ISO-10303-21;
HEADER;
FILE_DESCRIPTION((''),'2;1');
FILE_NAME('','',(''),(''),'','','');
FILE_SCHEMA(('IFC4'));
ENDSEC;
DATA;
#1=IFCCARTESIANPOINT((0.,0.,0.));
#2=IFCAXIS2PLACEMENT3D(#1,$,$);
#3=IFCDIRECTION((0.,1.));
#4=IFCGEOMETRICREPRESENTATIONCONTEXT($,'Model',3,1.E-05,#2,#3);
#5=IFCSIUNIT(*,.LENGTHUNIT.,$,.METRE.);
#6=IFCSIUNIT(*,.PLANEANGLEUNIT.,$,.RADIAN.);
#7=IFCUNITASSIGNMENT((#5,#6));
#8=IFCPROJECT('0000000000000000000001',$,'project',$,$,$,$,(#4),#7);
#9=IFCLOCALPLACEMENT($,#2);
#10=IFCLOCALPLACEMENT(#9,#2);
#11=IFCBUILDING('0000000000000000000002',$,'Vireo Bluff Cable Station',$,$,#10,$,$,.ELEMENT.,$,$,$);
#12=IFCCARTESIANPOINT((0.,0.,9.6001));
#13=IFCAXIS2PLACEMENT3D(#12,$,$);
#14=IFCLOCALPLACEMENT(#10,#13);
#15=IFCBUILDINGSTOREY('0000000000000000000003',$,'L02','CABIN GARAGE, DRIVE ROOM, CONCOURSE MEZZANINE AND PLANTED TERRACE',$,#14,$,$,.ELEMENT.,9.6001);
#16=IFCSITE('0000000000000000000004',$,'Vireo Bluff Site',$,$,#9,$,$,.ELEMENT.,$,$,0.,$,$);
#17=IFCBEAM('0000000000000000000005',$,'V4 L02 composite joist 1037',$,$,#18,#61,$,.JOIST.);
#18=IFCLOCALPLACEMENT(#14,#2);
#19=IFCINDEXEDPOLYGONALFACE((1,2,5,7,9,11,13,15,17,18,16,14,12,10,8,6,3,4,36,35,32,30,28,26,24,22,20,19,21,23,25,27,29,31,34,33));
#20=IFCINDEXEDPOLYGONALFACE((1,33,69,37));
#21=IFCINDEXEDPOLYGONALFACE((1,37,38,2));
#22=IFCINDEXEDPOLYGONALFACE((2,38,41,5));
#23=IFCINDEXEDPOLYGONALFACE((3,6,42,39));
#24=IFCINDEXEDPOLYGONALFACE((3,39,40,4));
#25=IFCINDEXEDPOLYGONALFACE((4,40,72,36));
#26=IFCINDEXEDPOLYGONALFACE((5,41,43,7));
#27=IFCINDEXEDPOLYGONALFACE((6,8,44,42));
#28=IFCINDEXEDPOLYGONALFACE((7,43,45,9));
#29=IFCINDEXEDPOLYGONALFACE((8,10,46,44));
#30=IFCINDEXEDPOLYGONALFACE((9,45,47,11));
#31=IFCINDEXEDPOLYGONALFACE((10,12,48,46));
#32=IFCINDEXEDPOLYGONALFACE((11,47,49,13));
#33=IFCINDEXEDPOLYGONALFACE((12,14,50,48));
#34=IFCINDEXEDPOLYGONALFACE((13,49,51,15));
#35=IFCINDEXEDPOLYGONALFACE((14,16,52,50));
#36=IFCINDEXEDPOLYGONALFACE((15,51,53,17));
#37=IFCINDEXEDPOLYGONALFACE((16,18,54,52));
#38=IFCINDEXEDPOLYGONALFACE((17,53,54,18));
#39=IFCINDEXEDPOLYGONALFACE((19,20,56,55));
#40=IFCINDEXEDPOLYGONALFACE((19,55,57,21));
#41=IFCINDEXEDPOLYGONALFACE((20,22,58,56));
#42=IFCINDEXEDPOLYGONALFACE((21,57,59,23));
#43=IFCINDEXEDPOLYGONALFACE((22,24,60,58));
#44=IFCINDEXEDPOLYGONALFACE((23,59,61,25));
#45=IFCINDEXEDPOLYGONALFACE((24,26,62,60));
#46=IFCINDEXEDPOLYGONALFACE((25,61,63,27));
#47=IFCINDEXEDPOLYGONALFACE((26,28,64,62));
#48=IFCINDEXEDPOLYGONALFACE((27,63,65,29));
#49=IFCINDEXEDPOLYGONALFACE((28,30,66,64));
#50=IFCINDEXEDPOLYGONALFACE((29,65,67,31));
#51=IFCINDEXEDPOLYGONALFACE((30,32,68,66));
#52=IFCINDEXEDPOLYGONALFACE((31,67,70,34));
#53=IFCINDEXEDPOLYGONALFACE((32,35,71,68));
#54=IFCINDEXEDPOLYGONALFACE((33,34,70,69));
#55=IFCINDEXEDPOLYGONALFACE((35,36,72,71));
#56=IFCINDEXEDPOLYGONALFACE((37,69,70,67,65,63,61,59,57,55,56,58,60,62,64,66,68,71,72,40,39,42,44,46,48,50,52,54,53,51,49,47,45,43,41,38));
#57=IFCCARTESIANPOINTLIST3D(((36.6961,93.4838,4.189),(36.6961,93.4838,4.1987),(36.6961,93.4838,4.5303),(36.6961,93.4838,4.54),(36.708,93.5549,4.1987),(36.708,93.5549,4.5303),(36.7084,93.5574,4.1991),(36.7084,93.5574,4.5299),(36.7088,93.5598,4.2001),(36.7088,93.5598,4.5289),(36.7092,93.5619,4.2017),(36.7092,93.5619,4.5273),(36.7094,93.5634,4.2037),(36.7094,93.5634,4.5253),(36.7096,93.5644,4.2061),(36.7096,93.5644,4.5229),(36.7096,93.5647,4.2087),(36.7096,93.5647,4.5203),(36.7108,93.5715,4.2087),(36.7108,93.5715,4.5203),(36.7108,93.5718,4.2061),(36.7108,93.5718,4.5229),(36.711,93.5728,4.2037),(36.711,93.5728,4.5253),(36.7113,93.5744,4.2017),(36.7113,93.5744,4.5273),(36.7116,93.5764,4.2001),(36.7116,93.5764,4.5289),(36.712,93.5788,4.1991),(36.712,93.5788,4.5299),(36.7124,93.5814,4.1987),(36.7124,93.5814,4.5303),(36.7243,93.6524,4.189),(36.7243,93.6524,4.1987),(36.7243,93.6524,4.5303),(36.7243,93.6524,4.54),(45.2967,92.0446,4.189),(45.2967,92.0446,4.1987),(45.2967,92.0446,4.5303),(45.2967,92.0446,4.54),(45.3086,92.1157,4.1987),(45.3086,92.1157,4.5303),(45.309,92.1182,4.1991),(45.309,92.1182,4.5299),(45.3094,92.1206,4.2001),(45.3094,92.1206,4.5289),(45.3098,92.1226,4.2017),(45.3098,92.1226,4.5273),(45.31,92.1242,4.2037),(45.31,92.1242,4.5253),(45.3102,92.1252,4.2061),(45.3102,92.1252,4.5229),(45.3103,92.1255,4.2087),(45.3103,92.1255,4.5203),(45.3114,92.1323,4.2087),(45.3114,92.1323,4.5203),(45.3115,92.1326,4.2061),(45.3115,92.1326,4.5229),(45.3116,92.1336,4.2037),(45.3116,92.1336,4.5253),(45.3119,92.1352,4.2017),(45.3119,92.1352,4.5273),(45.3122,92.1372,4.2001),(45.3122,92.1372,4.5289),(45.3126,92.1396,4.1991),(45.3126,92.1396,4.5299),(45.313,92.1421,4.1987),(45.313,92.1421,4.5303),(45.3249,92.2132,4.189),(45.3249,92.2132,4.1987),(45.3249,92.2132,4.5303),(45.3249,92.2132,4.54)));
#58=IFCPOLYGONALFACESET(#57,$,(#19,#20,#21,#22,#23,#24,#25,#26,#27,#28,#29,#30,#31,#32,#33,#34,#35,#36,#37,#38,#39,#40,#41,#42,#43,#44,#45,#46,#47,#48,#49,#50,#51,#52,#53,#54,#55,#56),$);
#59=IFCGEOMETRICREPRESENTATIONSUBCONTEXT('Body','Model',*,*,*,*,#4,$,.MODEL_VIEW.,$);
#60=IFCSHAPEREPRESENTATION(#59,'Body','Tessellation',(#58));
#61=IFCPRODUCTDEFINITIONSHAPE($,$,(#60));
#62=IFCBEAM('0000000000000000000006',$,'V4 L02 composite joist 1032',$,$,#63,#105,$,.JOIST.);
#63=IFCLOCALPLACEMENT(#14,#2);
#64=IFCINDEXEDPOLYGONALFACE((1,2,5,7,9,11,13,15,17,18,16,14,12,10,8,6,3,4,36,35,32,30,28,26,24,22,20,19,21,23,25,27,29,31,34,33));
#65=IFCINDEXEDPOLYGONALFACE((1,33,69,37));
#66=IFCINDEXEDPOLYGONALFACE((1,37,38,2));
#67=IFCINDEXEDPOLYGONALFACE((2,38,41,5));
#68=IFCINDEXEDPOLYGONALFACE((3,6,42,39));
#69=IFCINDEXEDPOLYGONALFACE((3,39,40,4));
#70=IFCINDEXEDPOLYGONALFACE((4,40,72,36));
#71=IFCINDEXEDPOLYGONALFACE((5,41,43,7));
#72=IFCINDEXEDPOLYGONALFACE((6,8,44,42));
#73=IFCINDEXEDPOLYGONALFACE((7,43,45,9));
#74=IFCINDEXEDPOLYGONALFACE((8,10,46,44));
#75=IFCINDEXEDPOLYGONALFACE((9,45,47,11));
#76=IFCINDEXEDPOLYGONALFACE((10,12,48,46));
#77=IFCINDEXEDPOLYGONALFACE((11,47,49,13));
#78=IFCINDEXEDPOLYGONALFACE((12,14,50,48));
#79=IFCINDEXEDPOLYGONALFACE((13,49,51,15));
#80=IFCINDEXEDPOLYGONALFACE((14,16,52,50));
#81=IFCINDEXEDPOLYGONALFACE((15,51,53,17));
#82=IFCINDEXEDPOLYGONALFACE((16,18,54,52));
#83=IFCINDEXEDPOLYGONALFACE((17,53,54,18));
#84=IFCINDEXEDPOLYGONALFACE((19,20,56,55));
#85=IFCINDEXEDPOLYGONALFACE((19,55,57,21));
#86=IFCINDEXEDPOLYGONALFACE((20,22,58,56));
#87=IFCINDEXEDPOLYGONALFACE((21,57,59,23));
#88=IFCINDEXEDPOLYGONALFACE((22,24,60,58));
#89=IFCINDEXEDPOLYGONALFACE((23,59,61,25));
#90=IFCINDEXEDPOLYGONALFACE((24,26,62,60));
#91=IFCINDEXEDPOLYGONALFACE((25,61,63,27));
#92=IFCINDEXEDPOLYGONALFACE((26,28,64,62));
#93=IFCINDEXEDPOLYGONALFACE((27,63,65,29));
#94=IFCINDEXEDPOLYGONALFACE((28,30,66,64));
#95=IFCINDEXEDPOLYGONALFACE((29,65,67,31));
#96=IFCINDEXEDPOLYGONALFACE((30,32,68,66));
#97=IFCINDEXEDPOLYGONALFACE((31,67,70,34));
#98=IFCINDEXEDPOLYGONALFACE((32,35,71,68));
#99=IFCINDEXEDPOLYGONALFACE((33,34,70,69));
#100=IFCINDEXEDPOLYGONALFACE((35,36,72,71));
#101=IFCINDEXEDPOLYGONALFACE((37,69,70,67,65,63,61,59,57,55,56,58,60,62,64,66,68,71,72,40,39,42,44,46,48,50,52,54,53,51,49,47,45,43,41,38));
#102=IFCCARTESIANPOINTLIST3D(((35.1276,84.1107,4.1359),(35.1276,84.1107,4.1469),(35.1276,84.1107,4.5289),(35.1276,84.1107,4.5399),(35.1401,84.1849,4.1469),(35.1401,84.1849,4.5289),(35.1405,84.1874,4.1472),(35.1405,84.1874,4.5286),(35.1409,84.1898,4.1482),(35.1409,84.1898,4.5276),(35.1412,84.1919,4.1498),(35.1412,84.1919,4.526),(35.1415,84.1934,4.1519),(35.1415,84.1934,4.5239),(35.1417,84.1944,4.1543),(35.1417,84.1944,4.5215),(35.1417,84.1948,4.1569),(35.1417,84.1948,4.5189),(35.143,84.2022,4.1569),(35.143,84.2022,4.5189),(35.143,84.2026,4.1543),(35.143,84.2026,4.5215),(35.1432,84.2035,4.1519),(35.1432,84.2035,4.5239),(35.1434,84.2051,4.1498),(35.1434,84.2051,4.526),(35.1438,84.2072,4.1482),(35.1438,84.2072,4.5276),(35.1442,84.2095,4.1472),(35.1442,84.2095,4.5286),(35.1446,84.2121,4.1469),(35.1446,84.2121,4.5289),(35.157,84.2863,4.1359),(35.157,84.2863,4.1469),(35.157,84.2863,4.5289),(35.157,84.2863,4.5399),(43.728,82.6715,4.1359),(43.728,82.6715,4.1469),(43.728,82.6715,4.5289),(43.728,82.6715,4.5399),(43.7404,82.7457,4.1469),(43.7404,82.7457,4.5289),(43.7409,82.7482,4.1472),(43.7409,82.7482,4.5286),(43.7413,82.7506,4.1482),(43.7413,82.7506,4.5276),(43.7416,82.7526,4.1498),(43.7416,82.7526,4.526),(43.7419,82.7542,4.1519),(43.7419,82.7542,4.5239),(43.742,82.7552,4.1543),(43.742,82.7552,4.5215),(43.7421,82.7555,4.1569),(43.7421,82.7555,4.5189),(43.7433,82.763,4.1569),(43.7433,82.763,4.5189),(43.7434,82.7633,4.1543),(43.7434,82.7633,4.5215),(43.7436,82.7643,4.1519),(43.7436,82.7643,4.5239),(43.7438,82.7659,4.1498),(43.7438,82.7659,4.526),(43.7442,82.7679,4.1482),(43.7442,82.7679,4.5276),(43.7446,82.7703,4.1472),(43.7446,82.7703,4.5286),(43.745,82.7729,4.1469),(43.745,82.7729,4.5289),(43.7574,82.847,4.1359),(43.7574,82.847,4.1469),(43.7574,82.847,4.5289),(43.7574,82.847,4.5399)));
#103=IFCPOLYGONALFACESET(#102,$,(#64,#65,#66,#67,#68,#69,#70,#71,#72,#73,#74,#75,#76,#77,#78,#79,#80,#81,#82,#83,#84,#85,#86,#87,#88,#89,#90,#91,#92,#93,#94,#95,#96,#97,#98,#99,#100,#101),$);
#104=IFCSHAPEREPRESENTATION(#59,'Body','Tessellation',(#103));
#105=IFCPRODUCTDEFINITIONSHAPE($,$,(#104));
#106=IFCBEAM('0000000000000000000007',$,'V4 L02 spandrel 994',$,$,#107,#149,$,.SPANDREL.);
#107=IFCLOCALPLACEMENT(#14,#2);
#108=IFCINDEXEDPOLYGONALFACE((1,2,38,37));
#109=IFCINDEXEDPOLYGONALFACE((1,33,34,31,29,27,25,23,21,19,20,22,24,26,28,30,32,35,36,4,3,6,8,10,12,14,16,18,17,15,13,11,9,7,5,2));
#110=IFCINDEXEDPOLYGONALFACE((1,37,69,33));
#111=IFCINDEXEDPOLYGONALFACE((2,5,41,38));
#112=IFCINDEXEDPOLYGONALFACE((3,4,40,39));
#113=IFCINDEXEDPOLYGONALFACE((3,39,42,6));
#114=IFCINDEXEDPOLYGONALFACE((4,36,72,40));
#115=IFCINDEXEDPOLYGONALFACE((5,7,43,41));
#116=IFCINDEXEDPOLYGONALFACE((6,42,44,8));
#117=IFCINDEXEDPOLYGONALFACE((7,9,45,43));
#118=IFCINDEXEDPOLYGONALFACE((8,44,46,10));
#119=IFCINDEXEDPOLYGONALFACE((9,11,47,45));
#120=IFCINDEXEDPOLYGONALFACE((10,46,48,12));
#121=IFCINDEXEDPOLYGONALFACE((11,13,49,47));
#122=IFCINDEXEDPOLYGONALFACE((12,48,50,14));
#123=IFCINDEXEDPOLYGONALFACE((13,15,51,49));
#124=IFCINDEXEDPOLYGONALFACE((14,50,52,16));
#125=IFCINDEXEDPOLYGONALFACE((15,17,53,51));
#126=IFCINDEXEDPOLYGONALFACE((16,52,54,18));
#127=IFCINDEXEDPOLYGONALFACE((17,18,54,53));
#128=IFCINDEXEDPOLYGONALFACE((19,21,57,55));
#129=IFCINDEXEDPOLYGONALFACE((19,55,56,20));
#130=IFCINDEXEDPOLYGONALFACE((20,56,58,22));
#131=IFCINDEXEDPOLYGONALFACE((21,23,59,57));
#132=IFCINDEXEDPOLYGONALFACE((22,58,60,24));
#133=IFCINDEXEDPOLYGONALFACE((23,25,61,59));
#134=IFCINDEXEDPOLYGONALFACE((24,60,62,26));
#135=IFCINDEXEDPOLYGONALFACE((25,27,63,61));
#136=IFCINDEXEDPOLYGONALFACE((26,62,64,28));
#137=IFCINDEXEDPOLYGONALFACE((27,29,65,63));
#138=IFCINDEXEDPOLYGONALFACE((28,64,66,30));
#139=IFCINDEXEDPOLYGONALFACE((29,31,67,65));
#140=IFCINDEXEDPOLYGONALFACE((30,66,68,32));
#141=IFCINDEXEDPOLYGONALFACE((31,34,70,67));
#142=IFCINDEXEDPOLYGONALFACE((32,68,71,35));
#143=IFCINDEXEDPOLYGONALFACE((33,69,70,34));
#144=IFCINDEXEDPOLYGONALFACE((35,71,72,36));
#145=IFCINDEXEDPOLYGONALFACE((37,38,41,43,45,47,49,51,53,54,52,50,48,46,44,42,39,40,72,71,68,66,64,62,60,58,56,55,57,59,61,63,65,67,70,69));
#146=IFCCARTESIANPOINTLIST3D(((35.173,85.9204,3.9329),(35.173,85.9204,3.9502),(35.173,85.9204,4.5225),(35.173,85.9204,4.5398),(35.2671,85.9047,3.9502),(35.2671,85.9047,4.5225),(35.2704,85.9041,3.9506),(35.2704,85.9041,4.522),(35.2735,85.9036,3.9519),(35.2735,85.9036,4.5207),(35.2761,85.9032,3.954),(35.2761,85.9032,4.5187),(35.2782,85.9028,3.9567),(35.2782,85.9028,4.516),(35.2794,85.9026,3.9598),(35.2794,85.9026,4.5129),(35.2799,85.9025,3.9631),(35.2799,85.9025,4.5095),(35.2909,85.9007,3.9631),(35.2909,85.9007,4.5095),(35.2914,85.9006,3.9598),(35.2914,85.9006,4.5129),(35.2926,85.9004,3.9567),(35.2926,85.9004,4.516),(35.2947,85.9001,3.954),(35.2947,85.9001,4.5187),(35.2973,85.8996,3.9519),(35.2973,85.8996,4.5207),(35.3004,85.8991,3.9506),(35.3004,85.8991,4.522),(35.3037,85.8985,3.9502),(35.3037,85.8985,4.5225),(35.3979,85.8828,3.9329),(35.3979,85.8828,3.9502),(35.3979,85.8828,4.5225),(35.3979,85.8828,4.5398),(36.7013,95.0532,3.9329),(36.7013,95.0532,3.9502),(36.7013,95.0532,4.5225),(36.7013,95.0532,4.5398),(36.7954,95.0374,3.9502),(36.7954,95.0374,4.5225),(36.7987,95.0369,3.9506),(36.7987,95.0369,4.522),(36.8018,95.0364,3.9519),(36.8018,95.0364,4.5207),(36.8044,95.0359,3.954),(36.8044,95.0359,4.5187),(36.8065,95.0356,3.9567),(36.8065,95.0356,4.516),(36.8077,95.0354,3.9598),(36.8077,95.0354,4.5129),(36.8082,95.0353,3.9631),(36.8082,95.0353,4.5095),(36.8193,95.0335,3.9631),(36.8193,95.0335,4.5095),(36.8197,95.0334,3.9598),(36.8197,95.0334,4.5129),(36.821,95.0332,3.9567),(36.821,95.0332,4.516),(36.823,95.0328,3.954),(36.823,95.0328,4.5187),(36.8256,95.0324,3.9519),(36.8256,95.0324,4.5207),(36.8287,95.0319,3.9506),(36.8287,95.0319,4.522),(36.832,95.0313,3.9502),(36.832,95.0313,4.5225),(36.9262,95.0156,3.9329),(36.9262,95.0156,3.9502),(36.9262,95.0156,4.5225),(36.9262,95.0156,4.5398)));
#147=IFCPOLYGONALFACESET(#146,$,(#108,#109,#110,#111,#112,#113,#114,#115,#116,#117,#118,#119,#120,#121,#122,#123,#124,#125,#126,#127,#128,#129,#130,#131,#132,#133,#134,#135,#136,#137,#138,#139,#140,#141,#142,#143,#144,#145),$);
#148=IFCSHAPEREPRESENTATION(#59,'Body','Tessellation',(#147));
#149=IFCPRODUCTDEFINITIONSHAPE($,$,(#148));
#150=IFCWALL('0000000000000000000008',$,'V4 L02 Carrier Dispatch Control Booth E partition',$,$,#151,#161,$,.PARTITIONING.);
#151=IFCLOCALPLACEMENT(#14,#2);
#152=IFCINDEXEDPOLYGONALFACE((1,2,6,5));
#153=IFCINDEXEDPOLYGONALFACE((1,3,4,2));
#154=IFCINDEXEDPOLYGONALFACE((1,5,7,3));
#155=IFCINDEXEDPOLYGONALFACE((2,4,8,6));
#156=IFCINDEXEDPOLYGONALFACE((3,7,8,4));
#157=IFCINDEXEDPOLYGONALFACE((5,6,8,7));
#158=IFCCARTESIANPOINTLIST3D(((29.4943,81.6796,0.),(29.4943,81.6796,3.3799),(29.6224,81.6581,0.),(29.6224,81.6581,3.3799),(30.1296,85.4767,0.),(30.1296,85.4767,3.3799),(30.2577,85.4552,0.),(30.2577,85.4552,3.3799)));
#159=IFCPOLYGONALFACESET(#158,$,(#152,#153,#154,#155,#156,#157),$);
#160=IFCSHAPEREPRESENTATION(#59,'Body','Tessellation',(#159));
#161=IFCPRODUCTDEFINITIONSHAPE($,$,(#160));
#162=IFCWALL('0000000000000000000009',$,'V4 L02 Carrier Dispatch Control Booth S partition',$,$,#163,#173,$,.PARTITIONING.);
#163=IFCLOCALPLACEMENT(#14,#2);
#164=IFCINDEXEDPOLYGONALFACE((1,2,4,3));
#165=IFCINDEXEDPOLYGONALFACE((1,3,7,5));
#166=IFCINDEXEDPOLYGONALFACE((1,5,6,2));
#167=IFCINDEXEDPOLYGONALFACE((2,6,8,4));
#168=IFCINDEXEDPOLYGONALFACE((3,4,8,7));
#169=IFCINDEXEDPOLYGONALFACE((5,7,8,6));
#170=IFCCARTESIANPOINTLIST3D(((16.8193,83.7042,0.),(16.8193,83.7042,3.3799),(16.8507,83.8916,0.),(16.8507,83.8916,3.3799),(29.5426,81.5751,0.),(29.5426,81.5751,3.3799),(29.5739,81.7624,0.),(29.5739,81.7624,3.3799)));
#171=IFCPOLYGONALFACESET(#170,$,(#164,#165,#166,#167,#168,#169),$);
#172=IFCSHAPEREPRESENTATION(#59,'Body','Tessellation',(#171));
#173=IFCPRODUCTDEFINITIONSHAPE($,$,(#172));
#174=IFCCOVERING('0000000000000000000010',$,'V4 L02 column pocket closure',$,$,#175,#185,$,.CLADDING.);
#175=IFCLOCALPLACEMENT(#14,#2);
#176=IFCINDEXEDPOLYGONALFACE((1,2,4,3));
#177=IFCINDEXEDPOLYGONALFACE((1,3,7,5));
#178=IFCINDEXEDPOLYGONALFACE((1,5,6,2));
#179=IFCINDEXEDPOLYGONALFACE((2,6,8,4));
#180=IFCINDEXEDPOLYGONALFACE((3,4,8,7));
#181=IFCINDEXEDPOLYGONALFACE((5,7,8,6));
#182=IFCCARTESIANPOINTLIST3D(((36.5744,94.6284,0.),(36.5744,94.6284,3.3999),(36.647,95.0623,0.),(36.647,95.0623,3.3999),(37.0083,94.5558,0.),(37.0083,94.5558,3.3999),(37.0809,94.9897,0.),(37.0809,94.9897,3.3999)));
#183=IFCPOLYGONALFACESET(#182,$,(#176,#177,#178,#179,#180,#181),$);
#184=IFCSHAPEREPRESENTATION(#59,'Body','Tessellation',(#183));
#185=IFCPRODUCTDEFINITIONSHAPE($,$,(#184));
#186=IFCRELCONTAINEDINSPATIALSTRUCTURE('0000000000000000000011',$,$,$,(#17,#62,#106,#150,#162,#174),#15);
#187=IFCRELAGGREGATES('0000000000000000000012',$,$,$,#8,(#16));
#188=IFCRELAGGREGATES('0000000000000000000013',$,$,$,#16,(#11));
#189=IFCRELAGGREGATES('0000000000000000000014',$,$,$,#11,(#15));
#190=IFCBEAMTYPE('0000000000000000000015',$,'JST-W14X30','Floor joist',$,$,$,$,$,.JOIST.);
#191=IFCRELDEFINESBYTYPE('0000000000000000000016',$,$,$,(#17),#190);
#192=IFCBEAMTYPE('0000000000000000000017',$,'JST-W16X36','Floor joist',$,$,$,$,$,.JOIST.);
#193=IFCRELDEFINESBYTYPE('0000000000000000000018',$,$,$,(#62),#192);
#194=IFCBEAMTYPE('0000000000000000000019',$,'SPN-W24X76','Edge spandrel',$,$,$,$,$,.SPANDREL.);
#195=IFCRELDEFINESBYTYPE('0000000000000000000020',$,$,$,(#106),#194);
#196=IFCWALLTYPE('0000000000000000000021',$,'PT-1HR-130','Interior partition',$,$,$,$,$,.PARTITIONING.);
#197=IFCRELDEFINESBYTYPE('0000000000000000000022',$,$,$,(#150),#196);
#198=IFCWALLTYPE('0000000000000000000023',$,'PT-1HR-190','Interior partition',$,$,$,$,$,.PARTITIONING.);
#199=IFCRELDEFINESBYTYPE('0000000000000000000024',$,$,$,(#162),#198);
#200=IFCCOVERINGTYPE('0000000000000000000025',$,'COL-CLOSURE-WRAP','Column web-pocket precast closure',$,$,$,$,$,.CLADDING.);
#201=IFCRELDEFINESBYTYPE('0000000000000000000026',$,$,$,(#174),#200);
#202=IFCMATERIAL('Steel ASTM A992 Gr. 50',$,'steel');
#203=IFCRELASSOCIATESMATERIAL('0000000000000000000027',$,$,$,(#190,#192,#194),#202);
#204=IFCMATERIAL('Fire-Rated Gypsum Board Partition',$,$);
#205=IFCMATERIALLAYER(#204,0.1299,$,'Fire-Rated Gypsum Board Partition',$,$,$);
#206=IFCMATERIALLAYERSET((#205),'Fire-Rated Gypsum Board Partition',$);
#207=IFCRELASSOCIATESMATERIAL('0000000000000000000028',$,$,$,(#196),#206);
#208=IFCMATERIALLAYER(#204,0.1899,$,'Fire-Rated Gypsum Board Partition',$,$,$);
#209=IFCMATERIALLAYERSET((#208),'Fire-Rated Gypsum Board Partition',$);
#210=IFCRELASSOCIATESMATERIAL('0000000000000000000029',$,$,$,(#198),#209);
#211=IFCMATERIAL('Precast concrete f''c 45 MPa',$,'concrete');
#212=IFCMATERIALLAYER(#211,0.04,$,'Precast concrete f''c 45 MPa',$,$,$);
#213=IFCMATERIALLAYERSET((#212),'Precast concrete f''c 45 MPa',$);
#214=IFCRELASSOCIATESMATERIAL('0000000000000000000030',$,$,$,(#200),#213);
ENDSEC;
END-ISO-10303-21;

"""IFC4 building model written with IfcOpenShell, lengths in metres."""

from ifc_helpers import new_model, si_unit, direction, frame, frame_2d, origin, origin_2d, place, context, subcontext, project, spatial, rectangle, i_section, extrude, material, layer, layer_set, material_profile, profile_set, type_object, element, save


model = new_model("IFC4")

# Units and contexts
model_context = context("Model", 3, precision=1e-05, world=origin(), true_north=direction((0.0, 1.0)))
body_context = subcontext(model_context, "Body", "Model", "MODEL_VIEW")
ifc_project = project(units=[si_unit("LENGTHUNIT", "METRE"), si_unit("PLANEANGLEUNIT", "RADIAN")], contexts=[model_context])

# Site, building, storey
site_placement = place(None, origin())
site = spatial("IfcSite", under=ifc_project, at=site_placement, Name="Vireo Bluff Site", CompositionType="ELEMENT", RefElevation=0.0)
building_placement = place(site_placement, origin())
building = spatial("IfcBuilding", under=site, at=building_placement, Name="Vireo Bluff Cable Station", CompositionType="ELEMENT")
storey_placement = place(building_placement, frame((0.0, 0.0, 9.6001)))
storey = spatial("IfcBuildingStorey", under=building, at=storey_placement, Name="L02", Description="CABIN GARAGE, DRIVE ROOM, CONCOURSE MEZZANINE AND PLANTED TERRACE", CompositionType="ELEMENT", Elevation=9.6001)

# Shared definitions
ifc_material_1 = material(Name="Steel ASTM A992 Gr. 50", Category="steel")

# Beams
ifc_material_profile_1 = material_profile(ifc_material_1, i_section(OverallWidth=0.1709, OverallDepth=0.3511, WebThickness=0.0068, FlangeThickness=0.0098, FilletRadius=0.01, at=origin_2d()), Name="W14X30")
ifc_profile_set_1 = profile_set([ifc_material_profile_1], Name="Steel ASTM A992 Gr. 50")
beam_type_1 = type_object("IfcBeamType", Name="JST-W14X30", Description="Floor joist", PredefinedType="JOIST", material=ifc_profile_set_1)
for number, where, z_axis, x_axis, name in (
    (1, (36.7102, 93.5681, 4.3645), (0.986286, -0.165044, 0.0), (0.165044, 0.986286, 0.0), "V4 L02 composite joist 1037"),
):
    element("IfcBeam", number, at=place(storey_placement, frame(where, z_axis=z_axis, x_axis=x_axis)), inside=storey, type_object=beam_type_1, Name=name, PredefinedType="JOIST", context=body_context, shape_type="SweptSolid", body=[
        extrude(i_section(OverallWidth=0.1709, OverallDepth=0.3511, WebThickness=0.0068, FlangeThickness=0.0098, FilletRadius=0.01, at=origin_2d()), origin(), (0.0, 0.0, 1.0), 8.7202),
    ])
ifc_material_profile_2 = material_profile(ifc_material_1, i_section(OverallWidth=0.178, OverallDepth=0.4041, WebThickness=0.0076, FlangeThickness=0.011, FilletRadius=0.01, at=origin_2d()), Name="W16X36")
ifc_profile_set_2 = profile_set([ifc_material_profile_2], Name="Steel ASTM A992 Gr. 50")
beam_type_2 = type_object("IfcBeamType", Name="JST-W16X36", Description="Floor joist", PredefinedType="JOIST", material=ifc_profile_set_2)
beam_1_placement = place(storey_placement, frame((35.1423, 84.1985, 4.3379), z_axis=(0.986286, -0.165048, 0.0), x_axis=(0.165048, 0.986286, 0.0)))
element("IfcBeam", 2, at=beam_1_placement, inside=storey, type_object=beam_type_2, Name="V4 L02 composite joist 1032", PredefinedType="JOIST", context=body_context, shape_type="SweptSolid", body=[
    extrude(i_section(OverallWidth=0.178, OverallDepth=0.4041, WebThickness=0.0076, FlangeThickness=0.011, FilletRadius=0.01, at=origin_2d()), origin(), (0.0, 0.0, 1.0), 8.72),
])
ifc_material_profile_3 = material_profile(ifc_material_1, i_section(OverallWidth=0.228, OverallDepth=0.6069, WebThickness=0.0112, FlangeThickness=0.0173, FilletRadius=0.0129, at=origin_2d()), Name="W24X76")
ifc_profile_set_3 = profile_set([ifc_material_profile_3], Name="Steel ASTM A992 Gr. 50")
beam_type_3 = type_object("IfcBeamType", Name="SPN-W24X76", Description="Edge spandrel", PredefinedType="SPANDREL", material=ifc_profile_set_3)
beam_2_placement = place(storey_placement, frame((35.2854, 85.9016, 4.2363), z_axis=(0.165049, 0.986285, 0.0), x_axis=(-0.986285, 0.165049, 0.0)))
element("IfcBeam", 3, at=beam_2_placement, inside=storey, type_object=beam_type_3, Name="V4 L02 spandrel 994", PredefinedType="SPANDREL", context=body_context, shape_type="SweptSolid", body=[
    extrude(i_section(OverallWidth=0.228, OverallDepth=0.6069, WebThickness=0.0112, FlangeThickness=0.0173, FilletRadius=0.0129, at=origin_2d()), origin(), (0.0, 0.0, 1.0), 9.2598),
])

# Walls
ifc_material_2 = material(Name="Fire-Rated Gypsum Board Partition")
ifc_layer_1 = layer(ifc_material_2, 0.1299, Name="Fire-Rated Gypsum Board Partition")
ifc_layer_set_1 = layer_set([ifc_layer_1], Name="Fire-Rated Gypsum Board Partition")
wall_type_1 = type_object("IfcWallType", Name="PT-1HR-130", Description="Interior partition", PredefinedType="PARTITIONING", material=ifc_layer_set_1)
wall_1_placement = place(storey_placement, frame((30.1936, 85.4658, 0.0), z_axis=(0.0, 0.0, 1.0), x_axis=(-0.165006, -0.986293, 0.0)))
element("IfcWall", 4, at=wall_1_placement, inside=storey, type_object=wall_type_1, Name="V4 L02 Carrier Dispatch Control Booth E partition", PredefinedType="PARTITIONING", context=body_context, shape_type="SweptSolid", body=[
    extrude(rectangle(XDim=3.8499, YDim=0.1299, at=frame_2d((1.9248, 0.0))), origin(), (0.0, 0.0, 1.0), 3.3799),
])
ifc_layer_2 = layer(ifc_material_2, 0.1899, Name="Fire-Rated Gypsum Board Partition")
ifc_layer_set_2 = layer_set([ifc_layer_2], Name="Fire-Rated Gypsum Board Partition")
wall_type_2 = type_object("IfcWallType", Name="PT-1HR-190", Description="Interior partition", PredefinedType="PARTITIONING", material=ifc_layer_set_2)
wall_2_placement = place(storey_placement, frame((29.5583, 81.6687, 0.0), z_axis=(0.0, 0.0, 1.0), x_axis=(-0.986285, 0.16505, 0.0)))
element("IfcWall", 5, at=wall_2_placement, inside=storey, type_object=wall_type_2, Name="V4 L02 Carrier Dispatch Control Booth S partition", PredefinedType="PARTITIONING", context=body_context, shape_type="SweptSolid", body=[
    extrude(rectangle(XDim=12.9001, YDim=0.1899, at=frame_2d((6.4502, 0.0))), origin(), (0.0, 0.0, 1.0), 3.3799),
])

# Covering
ifc_material_3 = material(Name="Precast concrete f'c 45 MPa", Category="concrete")
ifc_layer_3 = layer(ifc_material_3, 0.04, Name="Precast concrete f'c 45 MPa")
ifc_layer_set_3 = layer_set([ifc_layer_3], Name="Precast concrete f'c 45 MPa")
covering_type = type_object("IfcCoveringType", Name="COL-CLOSURE-WRAP", Description="Column web-pocket precast closure", PredefinedType="CLADDING", material=ifc_layer_set_3)
covering_placement = place(storey_placement, frame((36.8276, 94.8091, 0.0), z_axis=(0.0, 0.0, 1.0), x_axis=(0.986286, -0.165048, 0.0)))
element("IfcCovering", 6, at=covering_placement, inside=storey, type_object=covering_type, Name="V4 L02 column pocket closure", PredefinedType="CLADDING", context=body_context, shape_type="SweptSolid", body=[
    extrude(rectangle(XDim=0.4399, YDim=0.4399, at=origin_2d()), origin(), (0.0, 0.0, 1.0), 3.3999),
])

save(model, "model.ifc")
